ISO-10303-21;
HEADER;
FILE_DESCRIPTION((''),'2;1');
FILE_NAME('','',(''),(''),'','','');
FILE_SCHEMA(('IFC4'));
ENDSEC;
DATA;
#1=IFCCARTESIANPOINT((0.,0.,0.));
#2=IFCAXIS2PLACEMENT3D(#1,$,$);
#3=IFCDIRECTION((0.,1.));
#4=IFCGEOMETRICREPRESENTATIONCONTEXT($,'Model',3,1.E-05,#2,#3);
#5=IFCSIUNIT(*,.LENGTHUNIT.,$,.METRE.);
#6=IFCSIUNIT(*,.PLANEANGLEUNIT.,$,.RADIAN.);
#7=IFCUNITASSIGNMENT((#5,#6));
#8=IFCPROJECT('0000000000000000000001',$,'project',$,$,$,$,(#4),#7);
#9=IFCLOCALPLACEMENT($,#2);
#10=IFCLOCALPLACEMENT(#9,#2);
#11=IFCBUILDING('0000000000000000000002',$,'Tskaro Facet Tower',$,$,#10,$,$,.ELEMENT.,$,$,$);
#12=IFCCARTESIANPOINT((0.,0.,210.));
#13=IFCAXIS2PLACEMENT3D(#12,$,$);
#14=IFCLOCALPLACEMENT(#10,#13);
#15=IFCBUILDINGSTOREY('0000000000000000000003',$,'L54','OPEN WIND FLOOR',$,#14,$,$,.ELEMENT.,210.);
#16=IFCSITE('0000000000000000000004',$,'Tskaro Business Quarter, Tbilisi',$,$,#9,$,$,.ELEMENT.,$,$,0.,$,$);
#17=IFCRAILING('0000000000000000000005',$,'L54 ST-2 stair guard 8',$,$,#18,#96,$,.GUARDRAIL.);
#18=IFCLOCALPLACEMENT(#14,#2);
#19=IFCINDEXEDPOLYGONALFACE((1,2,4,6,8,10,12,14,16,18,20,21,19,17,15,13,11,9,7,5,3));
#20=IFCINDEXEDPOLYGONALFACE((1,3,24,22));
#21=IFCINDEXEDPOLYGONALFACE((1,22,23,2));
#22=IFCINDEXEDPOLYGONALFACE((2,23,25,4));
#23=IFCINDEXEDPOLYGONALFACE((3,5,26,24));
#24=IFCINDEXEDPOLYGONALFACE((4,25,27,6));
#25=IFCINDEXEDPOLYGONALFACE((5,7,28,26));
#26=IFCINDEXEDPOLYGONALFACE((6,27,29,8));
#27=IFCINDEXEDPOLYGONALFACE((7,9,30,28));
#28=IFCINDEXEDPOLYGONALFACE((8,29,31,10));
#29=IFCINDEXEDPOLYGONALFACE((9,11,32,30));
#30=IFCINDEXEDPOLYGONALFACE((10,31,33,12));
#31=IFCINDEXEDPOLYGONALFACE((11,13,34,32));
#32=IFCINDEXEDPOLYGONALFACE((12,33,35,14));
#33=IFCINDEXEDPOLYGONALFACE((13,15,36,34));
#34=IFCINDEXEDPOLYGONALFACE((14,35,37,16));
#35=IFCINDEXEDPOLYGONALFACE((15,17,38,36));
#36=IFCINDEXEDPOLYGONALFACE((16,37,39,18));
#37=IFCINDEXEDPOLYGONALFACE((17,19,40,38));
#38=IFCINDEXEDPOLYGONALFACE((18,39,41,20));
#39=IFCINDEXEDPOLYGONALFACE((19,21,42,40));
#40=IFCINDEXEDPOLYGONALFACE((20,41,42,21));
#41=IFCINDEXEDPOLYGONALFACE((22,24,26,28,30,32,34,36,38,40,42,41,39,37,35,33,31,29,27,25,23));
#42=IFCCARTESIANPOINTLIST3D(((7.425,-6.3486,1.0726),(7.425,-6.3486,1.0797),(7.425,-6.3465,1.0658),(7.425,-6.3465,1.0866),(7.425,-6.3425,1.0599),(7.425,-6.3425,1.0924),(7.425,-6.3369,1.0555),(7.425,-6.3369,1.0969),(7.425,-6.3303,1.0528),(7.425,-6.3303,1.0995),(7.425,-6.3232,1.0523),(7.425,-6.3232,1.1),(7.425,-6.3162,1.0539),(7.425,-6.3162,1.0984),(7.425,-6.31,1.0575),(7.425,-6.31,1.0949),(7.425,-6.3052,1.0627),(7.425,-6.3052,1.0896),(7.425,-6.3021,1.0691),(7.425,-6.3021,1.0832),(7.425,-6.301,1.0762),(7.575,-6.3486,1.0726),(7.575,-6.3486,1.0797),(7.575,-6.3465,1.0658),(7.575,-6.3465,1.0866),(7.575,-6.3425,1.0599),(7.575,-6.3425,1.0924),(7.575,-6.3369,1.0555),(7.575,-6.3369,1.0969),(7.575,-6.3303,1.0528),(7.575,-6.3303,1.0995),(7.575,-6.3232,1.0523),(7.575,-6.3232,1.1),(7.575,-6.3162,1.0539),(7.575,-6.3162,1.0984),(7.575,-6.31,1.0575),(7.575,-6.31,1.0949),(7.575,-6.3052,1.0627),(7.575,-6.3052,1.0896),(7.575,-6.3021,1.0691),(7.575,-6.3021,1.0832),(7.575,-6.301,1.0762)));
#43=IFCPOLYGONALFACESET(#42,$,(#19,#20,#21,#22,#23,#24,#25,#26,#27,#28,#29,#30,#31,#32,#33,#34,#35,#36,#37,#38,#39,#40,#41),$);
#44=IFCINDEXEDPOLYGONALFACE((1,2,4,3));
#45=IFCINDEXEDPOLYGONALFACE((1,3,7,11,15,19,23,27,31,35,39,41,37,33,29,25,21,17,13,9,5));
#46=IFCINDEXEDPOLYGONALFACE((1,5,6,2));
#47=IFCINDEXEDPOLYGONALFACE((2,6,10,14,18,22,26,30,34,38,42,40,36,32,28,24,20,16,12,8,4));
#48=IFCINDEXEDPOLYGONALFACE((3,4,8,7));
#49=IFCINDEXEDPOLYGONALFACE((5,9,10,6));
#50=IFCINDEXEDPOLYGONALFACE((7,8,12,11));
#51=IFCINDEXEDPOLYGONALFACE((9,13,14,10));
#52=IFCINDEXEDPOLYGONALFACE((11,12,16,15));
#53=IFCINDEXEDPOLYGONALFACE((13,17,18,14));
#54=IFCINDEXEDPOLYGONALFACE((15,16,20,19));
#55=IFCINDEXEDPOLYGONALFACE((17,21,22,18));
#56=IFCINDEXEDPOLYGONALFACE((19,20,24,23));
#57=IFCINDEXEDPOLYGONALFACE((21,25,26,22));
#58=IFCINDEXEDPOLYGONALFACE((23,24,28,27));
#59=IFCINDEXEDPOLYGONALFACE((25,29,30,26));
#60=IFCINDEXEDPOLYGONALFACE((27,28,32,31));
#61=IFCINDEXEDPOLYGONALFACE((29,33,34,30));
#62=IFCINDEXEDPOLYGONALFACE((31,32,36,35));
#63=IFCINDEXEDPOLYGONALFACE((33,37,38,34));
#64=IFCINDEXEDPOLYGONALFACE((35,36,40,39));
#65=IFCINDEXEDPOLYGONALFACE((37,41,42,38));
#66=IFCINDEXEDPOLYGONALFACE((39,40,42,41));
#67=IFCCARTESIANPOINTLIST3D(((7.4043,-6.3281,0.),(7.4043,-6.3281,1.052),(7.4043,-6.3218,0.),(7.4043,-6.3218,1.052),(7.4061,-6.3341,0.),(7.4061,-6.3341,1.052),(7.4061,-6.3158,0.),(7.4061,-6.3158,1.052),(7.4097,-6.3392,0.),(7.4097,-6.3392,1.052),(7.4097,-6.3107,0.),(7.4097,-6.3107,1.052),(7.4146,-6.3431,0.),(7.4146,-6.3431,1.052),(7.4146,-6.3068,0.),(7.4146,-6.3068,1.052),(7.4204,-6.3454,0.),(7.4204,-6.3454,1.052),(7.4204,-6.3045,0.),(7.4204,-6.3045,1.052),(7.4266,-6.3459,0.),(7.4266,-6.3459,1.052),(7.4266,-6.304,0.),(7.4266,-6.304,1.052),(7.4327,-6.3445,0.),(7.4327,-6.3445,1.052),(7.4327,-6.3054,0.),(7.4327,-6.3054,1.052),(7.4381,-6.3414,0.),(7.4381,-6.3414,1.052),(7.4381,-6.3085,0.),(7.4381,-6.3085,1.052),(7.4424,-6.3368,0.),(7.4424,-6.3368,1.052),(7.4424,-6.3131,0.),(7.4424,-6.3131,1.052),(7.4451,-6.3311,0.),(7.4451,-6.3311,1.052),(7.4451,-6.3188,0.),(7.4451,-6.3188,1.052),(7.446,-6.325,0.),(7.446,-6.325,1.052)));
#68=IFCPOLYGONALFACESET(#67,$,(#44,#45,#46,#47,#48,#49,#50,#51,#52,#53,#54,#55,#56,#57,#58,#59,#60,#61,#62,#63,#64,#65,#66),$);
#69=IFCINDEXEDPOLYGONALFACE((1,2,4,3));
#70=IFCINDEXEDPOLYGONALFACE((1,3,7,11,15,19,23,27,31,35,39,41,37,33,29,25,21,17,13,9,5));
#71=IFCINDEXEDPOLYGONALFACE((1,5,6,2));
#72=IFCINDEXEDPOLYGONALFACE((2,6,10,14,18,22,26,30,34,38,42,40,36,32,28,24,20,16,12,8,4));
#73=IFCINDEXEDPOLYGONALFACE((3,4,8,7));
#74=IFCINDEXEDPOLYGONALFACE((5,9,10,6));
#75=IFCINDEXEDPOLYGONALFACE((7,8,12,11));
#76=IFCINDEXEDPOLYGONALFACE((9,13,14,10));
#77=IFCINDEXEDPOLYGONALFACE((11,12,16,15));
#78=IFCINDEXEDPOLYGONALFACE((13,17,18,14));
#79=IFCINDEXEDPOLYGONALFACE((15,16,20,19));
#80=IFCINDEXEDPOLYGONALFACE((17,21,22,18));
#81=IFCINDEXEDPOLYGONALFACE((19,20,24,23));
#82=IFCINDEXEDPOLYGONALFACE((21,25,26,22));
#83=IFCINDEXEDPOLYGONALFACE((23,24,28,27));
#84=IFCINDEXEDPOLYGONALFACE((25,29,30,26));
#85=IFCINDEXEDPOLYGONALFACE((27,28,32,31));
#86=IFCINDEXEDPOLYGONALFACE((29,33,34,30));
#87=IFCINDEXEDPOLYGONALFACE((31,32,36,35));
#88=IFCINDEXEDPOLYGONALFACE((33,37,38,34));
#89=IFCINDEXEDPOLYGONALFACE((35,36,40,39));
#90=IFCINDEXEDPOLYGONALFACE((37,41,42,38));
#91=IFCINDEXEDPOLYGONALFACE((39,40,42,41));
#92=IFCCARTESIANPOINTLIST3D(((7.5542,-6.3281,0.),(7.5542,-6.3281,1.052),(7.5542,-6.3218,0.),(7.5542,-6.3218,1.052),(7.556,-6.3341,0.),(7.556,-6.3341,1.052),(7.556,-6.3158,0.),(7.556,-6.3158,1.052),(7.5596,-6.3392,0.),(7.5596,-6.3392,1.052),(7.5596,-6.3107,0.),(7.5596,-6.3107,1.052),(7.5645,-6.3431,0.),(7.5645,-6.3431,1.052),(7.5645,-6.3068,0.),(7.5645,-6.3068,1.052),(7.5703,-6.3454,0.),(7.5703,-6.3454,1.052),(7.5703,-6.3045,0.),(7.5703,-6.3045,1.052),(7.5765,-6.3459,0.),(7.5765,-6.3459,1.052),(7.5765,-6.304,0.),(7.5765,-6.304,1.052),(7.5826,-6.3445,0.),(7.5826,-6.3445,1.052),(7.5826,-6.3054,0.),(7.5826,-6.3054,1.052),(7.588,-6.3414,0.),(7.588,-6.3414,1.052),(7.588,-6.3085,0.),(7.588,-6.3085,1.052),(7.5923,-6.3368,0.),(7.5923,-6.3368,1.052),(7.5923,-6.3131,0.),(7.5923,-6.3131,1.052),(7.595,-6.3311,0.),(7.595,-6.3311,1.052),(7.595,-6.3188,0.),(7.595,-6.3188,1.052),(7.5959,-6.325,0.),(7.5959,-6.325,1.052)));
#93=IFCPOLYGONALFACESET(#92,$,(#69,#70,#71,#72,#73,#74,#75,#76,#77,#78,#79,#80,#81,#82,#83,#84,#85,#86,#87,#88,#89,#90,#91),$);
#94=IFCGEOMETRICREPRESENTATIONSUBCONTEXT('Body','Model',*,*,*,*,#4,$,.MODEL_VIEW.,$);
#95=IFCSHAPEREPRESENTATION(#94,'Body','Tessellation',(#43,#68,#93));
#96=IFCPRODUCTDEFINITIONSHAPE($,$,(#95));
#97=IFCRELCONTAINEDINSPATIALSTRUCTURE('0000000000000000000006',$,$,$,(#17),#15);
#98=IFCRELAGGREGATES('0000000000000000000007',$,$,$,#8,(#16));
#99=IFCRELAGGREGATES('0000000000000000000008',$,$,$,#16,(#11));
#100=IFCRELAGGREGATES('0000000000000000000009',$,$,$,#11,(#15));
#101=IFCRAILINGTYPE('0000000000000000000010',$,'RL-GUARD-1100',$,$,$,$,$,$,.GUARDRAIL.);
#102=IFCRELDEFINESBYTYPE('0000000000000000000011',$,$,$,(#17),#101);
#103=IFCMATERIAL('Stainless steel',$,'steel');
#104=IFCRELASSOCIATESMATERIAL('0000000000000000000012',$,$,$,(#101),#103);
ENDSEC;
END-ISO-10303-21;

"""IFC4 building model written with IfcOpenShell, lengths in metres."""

from ifc_helpers import new_model, si_unit, direction, frame, origin, origin_2d, place, context, subcontext, project, spatial, circle, extrude, material, type_object, element, save


model = new_model("IFC4")

# Units and contexts
model_context = context("Model", 3, precision=1e-05, world=origin(), true_north=direction((0.0, 1.0)))
body_context = subcontext(model_context, "Body", "Model", "MODEL_VIEW")
ifc_project = project(units=[si_unit("LENGTHUNIT", "METRE"), si_unit("PLANEANGLEUNIT", "RADIAN")], contexts=[model_context])

# Site, building, storey
site_placement = place(None, origin())
site = spatial("IfcSite", under=ifc_project, at=site_placement, Name="Tskaro Business Quarter, Tbilisi", CompositionType="ELEMENT", RefElevation=0.0)
building_placement = place(site_placement, origin())
building = spatial("IfcBuilding", under=site, at=building_placement, Name="Tskaro Facet Tower", CompositionType="ELEMENT")
storey_placement = place(building_placement, frame((0.0, 0.0, 210.0)))
storey = spatial("IfcBuildingStorey", under=building, at=storey_placement, Name="L54", Description="OPEN WIND FLOOR", CompositionType="ELEMENT", Elevation=210.0)

# Railing
ifc_material_1 = material(Name="Stainless steel", Category="steel")
railing_type_1 = type_object("IfcRailingType", Name="RL-GUARD-1100", PredefinedType="GUARDRAIL", material=ifc_material_1)
railing_1_placement = place(storey_placement, frame((7.425, -6.325, 0.0)))
element("IfcRailing", 1, at=railing_1_placement, inside=storey, type_object=railing_type_1, Name="L54 ST-2 stair guard 8", PredefinedType="GUARDRAIL", context=body_context, shape_type="SweptSolid", body=[
    extrude(circle(Radius=0.0239, at=origin_2d()), frame((0.0, 0.0, 1.0762), z_axis=(1.0, 0.0, 0.0), x_axis=(0.0, 1.0, 0.0)), (0.0, 0.0, 1.0), 0.1499),
    extrude(circle(Radius=0.021, at=origin_2d()), origin(), (0.0, 0.0, 1.0), 1.052),
    extrude(circle(Radius=0.021, at=origin_2d()), frame((0.1499, 0.0, 0.0)), (0.0, 0.0, 1.0), 1.052),
])

save(model, "model.ifc")
